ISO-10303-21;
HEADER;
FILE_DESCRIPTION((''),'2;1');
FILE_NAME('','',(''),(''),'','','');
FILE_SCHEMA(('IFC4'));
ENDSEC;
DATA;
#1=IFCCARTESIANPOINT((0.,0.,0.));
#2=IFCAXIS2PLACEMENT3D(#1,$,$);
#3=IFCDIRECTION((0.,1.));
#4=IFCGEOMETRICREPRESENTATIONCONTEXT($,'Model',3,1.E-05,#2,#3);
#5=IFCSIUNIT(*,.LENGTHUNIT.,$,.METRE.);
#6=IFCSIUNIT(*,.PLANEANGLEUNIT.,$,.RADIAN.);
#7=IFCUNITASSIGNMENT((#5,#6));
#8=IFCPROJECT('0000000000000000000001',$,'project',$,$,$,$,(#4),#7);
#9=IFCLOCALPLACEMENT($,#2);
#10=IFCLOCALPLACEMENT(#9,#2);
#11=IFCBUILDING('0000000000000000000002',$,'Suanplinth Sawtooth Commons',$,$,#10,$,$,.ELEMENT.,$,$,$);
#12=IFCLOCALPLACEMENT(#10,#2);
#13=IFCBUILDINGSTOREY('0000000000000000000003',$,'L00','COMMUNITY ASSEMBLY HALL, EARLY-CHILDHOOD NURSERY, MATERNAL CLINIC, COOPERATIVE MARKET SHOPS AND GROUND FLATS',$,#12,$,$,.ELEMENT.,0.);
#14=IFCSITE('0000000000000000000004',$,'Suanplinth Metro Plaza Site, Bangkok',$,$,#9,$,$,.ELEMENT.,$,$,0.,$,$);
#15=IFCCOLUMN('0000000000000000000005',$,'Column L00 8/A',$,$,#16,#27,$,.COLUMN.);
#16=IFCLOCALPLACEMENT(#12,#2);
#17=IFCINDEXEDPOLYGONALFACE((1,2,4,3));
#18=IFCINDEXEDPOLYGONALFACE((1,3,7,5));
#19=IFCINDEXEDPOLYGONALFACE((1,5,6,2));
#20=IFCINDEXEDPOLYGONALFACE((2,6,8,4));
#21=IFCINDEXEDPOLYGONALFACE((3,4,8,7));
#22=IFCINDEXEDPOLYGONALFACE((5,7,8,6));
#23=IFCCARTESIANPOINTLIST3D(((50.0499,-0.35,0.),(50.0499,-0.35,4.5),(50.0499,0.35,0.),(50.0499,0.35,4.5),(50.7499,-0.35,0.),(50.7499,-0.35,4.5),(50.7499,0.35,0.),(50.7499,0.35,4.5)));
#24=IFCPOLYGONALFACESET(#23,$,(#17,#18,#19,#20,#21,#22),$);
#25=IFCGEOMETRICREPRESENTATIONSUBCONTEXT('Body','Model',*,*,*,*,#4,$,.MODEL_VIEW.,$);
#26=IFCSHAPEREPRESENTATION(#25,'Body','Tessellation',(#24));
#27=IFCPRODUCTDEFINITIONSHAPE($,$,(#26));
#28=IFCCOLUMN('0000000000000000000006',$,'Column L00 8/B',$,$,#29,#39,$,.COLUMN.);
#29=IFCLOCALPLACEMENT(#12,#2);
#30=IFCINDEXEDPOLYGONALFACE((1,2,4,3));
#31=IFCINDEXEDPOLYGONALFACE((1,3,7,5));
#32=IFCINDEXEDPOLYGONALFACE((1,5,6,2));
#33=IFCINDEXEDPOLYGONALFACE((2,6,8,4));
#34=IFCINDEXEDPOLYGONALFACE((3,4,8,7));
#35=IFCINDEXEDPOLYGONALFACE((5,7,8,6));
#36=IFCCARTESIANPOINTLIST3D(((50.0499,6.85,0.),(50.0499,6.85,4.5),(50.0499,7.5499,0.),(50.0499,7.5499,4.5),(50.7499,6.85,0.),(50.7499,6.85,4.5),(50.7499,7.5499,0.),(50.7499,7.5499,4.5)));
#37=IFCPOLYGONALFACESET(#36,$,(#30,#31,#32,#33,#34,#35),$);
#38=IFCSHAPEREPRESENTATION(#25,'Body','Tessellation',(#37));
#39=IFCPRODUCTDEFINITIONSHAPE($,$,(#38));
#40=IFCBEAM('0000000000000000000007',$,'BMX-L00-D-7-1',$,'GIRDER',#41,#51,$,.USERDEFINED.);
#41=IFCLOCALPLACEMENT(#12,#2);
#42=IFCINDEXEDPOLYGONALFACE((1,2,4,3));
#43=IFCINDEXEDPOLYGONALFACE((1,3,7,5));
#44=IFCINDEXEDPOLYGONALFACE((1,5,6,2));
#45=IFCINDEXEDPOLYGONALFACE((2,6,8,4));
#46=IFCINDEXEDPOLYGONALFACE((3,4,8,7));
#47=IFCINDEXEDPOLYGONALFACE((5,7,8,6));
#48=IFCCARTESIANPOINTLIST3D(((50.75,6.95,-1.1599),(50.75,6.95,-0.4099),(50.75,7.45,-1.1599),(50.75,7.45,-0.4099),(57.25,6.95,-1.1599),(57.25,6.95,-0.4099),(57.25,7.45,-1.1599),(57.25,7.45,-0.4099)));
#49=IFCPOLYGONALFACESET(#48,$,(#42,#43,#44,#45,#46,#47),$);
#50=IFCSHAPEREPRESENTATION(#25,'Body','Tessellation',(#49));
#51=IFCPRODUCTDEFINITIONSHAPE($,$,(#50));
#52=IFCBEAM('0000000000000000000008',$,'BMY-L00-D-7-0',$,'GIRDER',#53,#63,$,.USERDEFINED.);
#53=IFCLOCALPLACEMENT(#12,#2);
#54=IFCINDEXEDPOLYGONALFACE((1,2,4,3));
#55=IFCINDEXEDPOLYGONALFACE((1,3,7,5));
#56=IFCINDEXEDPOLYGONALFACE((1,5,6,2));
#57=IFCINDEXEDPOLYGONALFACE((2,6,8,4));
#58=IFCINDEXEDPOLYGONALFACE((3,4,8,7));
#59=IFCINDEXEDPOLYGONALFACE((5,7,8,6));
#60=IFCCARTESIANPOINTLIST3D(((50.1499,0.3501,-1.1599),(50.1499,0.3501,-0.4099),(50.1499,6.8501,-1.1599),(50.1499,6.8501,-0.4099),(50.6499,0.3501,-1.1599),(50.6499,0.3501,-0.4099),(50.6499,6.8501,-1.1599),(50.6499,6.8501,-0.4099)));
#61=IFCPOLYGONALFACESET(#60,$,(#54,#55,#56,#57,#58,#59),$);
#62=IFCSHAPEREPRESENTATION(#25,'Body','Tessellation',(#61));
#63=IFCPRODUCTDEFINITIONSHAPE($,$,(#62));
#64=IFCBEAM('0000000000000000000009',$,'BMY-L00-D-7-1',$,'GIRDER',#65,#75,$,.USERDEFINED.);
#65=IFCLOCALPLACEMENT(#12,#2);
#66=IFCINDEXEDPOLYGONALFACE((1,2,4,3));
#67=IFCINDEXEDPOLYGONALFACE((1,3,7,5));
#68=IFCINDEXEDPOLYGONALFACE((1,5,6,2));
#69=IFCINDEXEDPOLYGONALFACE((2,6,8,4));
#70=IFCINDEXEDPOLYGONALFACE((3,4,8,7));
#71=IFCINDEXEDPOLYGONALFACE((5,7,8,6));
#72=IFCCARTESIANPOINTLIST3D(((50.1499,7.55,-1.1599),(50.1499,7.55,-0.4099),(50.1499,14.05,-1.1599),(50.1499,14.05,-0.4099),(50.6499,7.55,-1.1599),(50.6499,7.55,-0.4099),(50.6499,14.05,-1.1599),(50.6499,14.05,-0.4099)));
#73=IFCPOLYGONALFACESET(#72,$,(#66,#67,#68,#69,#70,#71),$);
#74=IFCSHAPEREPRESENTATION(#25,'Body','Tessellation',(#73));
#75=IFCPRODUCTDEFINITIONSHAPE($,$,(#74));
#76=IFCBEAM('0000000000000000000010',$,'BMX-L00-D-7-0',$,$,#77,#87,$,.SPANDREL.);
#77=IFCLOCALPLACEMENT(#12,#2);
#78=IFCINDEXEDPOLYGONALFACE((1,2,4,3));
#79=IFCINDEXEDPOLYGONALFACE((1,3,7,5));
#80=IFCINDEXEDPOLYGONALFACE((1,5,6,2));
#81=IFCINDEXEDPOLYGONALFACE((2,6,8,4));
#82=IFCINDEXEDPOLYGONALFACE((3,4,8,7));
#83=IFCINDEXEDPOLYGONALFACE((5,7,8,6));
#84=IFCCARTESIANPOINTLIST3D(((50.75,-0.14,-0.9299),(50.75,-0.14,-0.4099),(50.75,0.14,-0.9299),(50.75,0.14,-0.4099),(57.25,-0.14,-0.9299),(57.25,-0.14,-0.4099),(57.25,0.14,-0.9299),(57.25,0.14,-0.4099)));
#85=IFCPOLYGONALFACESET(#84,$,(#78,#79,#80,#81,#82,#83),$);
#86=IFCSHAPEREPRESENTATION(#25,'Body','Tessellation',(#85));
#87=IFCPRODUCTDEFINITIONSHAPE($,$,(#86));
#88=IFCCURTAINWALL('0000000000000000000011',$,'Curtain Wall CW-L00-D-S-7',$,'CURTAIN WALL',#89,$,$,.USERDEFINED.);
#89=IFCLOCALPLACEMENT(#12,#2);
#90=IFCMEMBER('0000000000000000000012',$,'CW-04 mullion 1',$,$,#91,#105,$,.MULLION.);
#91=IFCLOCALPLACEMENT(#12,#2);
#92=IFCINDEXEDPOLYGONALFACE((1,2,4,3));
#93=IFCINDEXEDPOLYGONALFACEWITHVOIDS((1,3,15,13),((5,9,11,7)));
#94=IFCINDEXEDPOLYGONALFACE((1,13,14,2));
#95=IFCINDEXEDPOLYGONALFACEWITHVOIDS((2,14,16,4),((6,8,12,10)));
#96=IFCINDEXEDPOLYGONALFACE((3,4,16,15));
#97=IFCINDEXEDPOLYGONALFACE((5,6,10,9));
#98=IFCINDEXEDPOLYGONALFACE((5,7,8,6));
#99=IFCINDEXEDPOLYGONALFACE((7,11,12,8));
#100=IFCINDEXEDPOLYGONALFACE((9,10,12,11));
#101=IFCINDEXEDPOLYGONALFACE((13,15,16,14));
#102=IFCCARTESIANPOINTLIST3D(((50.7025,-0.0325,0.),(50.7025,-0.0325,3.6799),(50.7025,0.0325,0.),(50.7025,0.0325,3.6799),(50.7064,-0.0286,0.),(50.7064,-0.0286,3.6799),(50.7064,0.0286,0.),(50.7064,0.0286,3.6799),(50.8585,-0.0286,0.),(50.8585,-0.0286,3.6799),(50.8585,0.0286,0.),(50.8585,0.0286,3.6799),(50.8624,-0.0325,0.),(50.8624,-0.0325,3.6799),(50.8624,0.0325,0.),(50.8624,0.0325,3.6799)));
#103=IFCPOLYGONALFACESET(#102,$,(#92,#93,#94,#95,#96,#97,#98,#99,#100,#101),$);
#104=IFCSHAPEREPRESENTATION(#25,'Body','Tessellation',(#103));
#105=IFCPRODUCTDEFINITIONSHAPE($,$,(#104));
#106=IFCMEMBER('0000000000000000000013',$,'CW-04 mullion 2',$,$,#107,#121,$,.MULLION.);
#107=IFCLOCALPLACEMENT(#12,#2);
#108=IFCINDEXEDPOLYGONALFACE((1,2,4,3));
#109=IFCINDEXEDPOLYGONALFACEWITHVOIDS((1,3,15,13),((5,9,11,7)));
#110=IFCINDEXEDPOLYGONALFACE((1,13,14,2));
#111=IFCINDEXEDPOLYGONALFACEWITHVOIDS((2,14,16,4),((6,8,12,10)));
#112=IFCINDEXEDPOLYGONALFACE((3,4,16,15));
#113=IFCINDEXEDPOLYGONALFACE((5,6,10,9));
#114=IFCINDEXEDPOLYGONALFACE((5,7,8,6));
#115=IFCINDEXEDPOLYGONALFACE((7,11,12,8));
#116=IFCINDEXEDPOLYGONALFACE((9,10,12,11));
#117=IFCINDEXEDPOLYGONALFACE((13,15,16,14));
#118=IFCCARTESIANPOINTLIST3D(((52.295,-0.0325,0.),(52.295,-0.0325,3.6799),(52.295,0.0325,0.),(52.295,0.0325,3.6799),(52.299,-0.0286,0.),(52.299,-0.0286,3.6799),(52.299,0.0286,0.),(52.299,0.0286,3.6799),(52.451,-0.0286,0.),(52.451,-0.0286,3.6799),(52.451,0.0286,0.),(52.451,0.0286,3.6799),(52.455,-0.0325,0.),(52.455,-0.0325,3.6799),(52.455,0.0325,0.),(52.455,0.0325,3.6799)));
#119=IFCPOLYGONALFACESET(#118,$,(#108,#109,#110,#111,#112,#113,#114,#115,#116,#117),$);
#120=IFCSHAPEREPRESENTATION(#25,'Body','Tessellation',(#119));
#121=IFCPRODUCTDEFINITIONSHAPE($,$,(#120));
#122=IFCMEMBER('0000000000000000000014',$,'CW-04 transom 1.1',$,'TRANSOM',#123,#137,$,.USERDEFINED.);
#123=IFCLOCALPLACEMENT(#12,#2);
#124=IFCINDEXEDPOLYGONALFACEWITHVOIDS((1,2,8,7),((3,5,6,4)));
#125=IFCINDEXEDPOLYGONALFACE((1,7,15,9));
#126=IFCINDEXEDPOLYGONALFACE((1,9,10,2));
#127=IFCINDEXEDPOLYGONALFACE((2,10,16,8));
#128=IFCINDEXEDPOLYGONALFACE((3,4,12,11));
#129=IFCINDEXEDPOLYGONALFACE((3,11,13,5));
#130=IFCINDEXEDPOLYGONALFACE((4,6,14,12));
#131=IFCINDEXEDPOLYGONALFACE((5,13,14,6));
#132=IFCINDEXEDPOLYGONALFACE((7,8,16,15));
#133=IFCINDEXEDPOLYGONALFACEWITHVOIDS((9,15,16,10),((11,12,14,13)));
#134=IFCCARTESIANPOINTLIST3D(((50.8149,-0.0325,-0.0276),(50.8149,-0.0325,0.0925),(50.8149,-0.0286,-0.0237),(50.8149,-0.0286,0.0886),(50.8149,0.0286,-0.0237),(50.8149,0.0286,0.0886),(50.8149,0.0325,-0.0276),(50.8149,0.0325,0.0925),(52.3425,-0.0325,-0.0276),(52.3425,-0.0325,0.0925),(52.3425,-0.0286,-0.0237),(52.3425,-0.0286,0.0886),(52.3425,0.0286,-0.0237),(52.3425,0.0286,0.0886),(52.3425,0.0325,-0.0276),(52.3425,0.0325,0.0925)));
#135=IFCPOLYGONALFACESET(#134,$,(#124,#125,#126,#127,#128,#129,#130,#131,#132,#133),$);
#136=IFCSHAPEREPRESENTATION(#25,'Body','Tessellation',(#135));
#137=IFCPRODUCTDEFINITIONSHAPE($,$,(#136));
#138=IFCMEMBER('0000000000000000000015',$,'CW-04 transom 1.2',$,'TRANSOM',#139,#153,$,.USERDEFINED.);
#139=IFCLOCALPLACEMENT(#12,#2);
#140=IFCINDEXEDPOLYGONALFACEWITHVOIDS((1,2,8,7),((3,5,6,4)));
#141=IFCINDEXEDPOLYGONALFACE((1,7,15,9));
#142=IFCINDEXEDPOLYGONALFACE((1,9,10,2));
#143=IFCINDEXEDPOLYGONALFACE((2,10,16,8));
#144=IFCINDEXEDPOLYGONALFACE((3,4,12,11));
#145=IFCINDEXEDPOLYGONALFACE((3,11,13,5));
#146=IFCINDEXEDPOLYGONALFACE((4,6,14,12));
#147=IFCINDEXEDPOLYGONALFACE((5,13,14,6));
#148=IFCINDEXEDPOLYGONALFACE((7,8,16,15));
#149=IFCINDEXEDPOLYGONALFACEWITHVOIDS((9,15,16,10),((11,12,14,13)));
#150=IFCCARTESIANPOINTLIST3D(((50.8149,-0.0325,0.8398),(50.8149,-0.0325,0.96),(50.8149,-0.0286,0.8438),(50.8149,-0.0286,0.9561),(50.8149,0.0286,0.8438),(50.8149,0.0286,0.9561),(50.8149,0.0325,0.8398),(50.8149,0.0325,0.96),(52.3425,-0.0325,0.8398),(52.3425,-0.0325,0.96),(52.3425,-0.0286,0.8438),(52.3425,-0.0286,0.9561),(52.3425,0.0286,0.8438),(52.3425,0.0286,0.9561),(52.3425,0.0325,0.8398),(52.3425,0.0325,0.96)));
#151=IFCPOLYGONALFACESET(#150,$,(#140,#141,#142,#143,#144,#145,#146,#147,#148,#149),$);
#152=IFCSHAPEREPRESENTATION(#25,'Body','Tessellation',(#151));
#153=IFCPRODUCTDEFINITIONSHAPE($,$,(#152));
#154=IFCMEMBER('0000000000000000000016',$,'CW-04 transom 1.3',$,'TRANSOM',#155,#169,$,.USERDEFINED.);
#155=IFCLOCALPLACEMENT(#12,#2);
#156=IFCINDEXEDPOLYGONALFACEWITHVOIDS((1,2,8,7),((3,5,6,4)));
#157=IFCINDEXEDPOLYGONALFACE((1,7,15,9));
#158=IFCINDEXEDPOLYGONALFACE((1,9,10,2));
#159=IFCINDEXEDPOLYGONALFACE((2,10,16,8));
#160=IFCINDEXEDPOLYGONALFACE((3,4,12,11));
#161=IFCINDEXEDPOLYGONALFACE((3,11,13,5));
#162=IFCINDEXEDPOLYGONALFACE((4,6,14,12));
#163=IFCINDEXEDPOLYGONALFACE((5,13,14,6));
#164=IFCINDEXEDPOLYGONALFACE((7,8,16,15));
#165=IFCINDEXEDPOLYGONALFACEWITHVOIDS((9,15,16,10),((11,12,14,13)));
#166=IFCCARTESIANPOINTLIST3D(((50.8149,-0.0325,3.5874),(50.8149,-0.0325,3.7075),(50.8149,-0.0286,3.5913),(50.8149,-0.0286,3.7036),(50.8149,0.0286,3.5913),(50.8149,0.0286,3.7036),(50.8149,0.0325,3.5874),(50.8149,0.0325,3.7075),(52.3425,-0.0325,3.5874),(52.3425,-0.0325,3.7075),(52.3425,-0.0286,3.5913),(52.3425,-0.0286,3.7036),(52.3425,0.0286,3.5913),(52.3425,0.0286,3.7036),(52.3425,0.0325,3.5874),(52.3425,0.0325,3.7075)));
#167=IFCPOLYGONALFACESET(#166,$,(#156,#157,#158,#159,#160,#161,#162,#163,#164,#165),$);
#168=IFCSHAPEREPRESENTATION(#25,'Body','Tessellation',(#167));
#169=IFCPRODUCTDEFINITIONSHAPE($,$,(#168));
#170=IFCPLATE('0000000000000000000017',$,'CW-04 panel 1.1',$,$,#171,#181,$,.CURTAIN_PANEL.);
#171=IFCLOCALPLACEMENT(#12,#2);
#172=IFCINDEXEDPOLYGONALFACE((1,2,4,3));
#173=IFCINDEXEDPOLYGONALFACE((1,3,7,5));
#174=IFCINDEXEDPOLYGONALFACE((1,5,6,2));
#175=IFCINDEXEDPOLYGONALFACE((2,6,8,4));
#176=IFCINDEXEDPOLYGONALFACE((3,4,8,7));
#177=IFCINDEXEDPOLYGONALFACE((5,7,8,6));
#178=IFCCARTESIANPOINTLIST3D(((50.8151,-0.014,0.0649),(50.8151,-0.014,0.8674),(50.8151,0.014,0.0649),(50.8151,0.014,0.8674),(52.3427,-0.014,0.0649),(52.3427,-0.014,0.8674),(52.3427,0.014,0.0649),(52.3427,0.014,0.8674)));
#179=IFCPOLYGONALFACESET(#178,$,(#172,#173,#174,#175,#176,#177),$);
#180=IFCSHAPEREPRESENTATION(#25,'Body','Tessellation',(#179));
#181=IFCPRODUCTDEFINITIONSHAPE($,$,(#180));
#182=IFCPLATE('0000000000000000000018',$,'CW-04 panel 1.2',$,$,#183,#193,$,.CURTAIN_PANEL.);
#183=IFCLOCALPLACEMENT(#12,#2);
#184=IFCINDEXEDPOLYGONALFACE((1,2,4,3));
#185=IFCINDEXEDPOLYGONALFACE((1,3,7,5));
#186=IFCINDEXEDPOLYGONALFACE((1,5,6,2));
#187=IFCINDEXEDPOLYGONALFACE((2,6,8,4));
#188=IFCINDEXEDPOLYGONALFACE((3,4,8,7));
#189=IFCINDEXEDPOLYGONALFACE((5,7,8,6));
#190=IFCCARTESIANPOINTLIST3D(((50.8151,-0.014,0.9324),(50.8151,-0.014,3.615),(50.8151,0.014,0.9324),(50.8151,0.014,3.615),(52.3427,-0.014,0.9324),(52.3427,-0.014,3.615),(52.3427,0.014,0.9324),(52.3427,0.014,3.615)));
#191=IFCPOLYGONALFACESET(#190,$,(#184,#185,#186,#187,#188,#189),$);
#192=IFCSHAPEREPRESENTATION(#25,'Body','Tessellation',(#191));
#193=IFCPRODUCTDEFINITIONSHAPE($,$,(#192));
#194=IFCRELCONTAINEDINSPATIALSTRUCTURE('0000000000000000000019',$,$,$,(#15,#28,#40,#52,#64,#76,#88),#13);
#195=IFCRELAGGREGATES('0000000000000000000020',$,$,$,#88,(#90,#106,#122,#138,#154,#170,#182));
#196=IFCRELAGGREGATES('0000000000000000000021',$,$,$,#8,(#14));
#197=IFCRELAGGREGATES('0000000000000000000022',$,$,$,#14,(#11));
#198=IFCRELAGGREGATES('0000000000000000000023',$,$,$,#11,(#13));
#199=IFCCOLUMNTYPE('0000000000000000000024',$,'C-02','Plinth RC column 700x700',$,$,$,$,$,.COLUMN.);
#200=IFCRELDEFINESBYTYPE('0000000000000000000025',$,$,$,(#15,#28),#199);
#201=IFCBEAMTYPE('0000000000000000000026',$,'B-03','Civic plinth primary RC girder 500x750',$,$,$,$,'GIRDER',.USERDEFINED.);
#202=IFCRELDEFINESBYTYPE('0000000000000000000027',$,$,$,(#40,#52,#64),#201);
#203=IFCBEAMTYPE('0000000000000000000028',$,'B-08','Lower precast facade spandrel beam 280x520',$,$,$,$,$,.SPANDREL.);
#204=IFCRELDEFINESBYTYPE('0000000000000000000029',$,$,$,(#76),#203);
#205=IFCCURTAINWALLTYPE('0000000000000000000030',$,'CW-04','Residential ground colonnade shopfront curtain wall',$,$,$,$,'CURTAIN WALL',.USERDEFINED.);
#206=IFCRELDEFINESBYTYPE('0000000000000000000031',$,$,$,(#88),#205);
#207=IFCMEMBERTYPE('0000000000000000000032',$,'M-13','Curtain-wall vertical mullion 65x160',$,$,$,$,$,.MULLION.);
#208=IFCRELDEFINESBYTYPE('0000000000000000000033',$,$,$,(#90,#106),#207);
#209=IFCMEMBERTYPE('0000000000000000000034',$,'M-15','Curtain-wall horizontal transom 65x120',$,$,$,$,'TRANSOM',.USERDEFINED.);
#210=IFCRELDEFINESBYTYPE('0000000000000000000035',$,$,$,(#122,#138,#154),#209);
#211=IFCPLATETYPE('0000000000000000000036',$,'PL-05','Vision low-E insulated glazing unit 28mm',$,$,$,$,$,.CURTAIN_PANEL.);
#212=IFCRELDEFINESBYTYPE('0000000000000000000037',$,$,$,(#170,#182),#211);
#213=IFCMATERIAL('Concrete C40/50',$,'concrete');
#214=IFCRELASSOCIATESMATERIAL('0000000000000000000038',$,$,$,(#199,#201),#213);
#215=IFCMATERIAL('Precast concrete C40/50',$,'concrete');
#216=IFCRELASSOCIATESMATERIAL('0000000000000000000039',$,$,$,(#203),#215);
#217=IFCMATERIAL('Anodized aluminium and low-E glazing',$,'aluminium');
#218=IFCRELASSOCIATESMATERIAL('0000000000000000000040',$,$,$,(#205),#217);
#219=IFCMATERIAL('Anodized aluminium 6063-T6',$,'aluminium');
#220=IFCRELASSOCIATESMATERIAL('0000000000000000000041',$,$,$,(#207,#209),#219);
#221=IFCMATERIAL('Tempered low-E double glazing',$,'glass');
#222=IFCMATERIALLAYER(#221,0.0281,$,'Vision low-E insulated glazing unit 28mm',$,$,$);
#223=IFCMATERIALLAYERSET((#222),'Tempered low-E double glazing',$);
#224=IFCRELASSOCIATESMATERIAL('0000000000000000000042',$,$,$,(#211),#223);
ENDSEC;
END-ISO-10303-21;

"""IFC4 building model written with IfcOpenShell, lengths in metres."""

from ifc_helpers import new_model, si_unit, direction, frame, origin, origin_2d, place, context, subcontext, project, spatial, rectangle, hollow_rectangle, extrude, material, layer, layer_set, material_profile, profile_set, type_object, element, aggregate, save


model = new_model("IFC4")

# Units and contexts
model_context = context("Model", 3, precision=1e-05, world=origin(), true_north=direction((0.0, 1.0)))
body_context = subcontext(model_context, "Body", "Model", "MODEL_VIEW")
ifc_project = project(units=[si_unit("LENGTHUNIT", "METRE"), si_unit("PLANEANGLEUNIT", "RADIAN")], contexts=[model_context])

# Site, building, storey
site_placement = place(None, origin())
site = spatial("IfcSite", under=ifc_project, at=site_placement, Name="Suanplinth Metro Plaza Site, Bangkok", CompositionType="ELEMENT", RefElevation=0.0)
building_placement = place(site_placement, origin())
building = spatial("IfcBuilding", under=site, at=building_placement, Name="Suanplinth Sawtooth Commons", CompositionType="ELEMENT")
storey_placement = place(building_placement, origin())
storey = spatial("IfcBuildingStorey", under=building, at=storey_placement, Name="L00", Description="COMMUNITY ASSEMBLY HALL, EARLY-CHILDHOOD NURSERY, MATERNAL CLINIC, COOPERATIVE MARKET SHOPS AND GROUND FLATS", CompositionType="ELEMENT", Elevation=0.0)

# Columns
ifc_material_1 = material(Name="Concrete C40/50", Category="concrete")
ifc_material_profile_1 = material_profile(ifc_material_1, rectangle(XDim=0.7, YDim=0.7, at=origin_2d()), Name="RC-COL 700x700")
ifc_profile_set_1 = profile_set([ifc_material_profile_1], Name="Concrete C40/50")
column_type = type_object("IfcColumnType", Name="C-02", Description="Plinth RC column 700x700", PredefinedType="COLUMN", material=ifc_profile_set_1)
for number, where, z_axis, x_axis, name in (
    (1, (50.3999, 0.0, 0.0), (0.0, 0.0, 1.0), (1.0, 0.0, 0.0), "Column L00 8/A"),
    (2, (50.3999, 7.2, 0.0), (0.0, 0.0, 1.0), (1.0, 0.0, 0.0), "Column L00 8/B"),
):
    element("IfcColumn", number, at=place(storey_placement, frame(where, z_axis=z_axis, x_axis=x_axis)), inside=storey, type_object=column_type, Name=name, PredefinedType="COLUMN", context=body_context, shape_type="SweptSolid", body=[
        extrude(rectangle(XDim=0.7, YDim=0.7, at=origin_2d()), origin(), (0.0, 0.0, 1.0), 4.5),
    ])

# Beams
ifc_material_profile_2 = material_profile(ifc_material_1, rectangle(XDim=0.5, YDim=0.75, at=origin_2d()), Name="RC-GDR 500x750")
ifc_profile_set_2 = profile_set([ifc_material_profile_2], Name="Concrete C40/50")
beam_type_1 = type_object("IfcBeamType", Name="B-03", Description="Civic plinth primary RC girder 500x750", ElementType="GIRDER", PredefinedType="USERDEFINED", material=ifc_profile_set_2)
for number, where, z_axis, x_axis, name in (
    (3, (50.75, 7.2, -0.7849), (1.0, 0.0, 0.0), (0.0, 1.0, 0.0), "BMX-L00-D-7-1"),
    (4, (50.3999, 0.3501, -0.7849), (0.0, 1.0, 0.0), (-1.0, 0.0, 0.0), "BMY-L00-D-7-0"),
    (5, (50.3999, 7.55, -0.7849), (0.0, 1.0, 0.0), (-1.0, 0.0, 0.0), "BMY-L00-D-7-1"),
):
    element("IfcBeam", number, at=place(storey_placement, frame(where, z_axis=z_axis, x_axis=x_axis)), inside=storey, type_object=beam_type_1, Name=name, ObjectType="GIRDER", PredefinedType="USERDEFINED", context=body_context, shape_type="SweptSolid", body=[
        extrude(rectangle(XDim=0.5, YDim=0.75, at=origin_2d()), origin(), (0.0, 0.0, 1.0), 6.5),
    ])
ifc_material_2 = material(Name="Precast concrete C40/50", Category="concrete")
ifc_material_profile_3 = material_profile(ifc_material_2, rectangle(XDim=0.28, YDim=0.52, at=origin_2d()), Name="PC-SP 280x520")
ifc_profile_set_3 = profile_set([ifc_material_profile_3], Name="Precast concrete C40/50")
beam_type_2 = type_object("IfcBeamType", Name="B-08", Description="Lower precast facade spandrel beam 280x520", PredefinedType="SPANDREL", material=ifc_profile_set_3)
beam_placement = place(storey_placement, frame((50.75, 0.0, -0.6699), z_axis=(1.0, 0.0, 0.0), x_axis=(0.0, 1.0, 0.0)))
element("IfcBeam", 6, at=beam_placement, inside=storey, type_object=beam_type_2, Name="BMX-L00-D-7-0", PredefinedType="SPANDREL", context=body_context, shape_type="SweptSolid", body=[
    extrude(rectangle(XDim=0.28, YDim=0.52, at=origin_2d()), origin(), (0.0, 0.0, 1.0), 6.5),
])

# Curtain wall, members, plates
ifc_material_3 = material(Name="Anodized aluminium and low-E glazing", Category="aluminium")
curtain_wall_type = type_object("IfcCurtainWallType", Name="CW-04", Description="Residential ground colonnade shopfront curtain wall", ElementType="CURTAIN WALL", PredefinedType="USERDEFINED", material=ifc_material_3)
curtain_wall_placement = place(storey_placement, origin())
curtain_wall = element("IfcCurtainWall", 7, at=curtain_wall_placement, inside=storey, type_object=curtain_wall_type, Name="Curtain Wall CW-L00-D-S-7", ObjectType="CURTAIN WALL", PredefinedType="USERDEFINED")
ifc_material_4 = material(Name="Anodized aluminium 6063-T6", Category="aluminium")
ifc_material_profile_4 = material_profile(ifc_material_4, hollow_rectangle(XDim=0.0649, YDim=0.1599, WallThickness=0.0039, at=origin_2d()), Name="ALU-MUL 65x160")
ifc_profile_set_4 = profile_set([ifc_material_profile_4], Name="Anodized aluminium 6063-T6")
member_type_1 = type_object("IfcMemberType", Name="M-13", Description="Curtain-wall vertical mullion 65x160", PredefinedType="MULLION", material=ifc_profile_set_4)
member_1_placement = place(storey_placement, frame((50.7825, 0.0, 0.0), z_axis=(0.0, 0.0, 1.0), x_axis=(0.0, 1.0, 0.0)))
member_1 = element("IfcMember", 8, at=member_1_placement, type_object=member_type_1, Name="CW-04 mullion 1", PredefinedType="MULLION", context=body_context, shape_type="SweptSolid", body=[
    extrude(hollow_rectangle(XDim=0.0649, YDim=0.1599, WallThickness=0.0039, at=origin_2d()), origin(), (0.0, 0.0, 1.0), 3.6799),
])
member_2_placement = place(storey_placement, frame((52.375, 0.0, 0.0), z_axis=(0.0, 0.0, 1.0), x_axis=(0.0, 1.0, 0.0)))
member_2 = element("IfcMember", 9, at=member_2_placement, type_object=member_type_1, Name="CW-04 mullion 2", PredefinedType="MULLION", context=body_context, shape_type="SweptSolid", body=[
    extrude(hollow_rectangle(XDim=0.0649, YDim=0.1599, WallThickness=0.0039, at=origin_2d()), origin(), (0.0, 0.0, 1.0), 3.6799),
])
ifc_material_profile_5 = material_profile(ifc_material_4, hollow_rectangle(XDim=0.0649, YDim=0.1201, WallThickness=0.0039, at=origin_2d()), Name="ALU-TRN 65x120")
ifc_profile_set_5 = profile_set([ifc_material_profile_5], Name="Anodized aluminium 6063-T6")
member_type_2 = type_object("IfcMemberType", Name="M-15", Description="Curtain-wall horizontal transom 65x120", ElementType="TRANSOM", PredefinedType="USERDEFINED", material=ifc_profile_set_5)
member_3_placement = place(storey_placement, frame((50.8149, 0.0, 0.0325), z_axis=(1.0, 0.0, 0.0), x_axis=(0.0, 1.0, 0.0)))
member_3 = element("IfcMember", 10, at=member_3_placement, type_object=member_type_2, Name="CW-04 transom 1.1", ObjectType="TRANSOM", PredefinedType="USERDEFINED", context=body_context, shape_type="SweptSolid", body=[
    extrude(hollow_rectangle(XDim=0.0649, YDim=0.1201, WallThickness=0.0039, at=origin_2d()), origin(), (0.0, 0.0, 1.0), 1.5276),
])
member_4_placement = place(storey_placement, frame((50.8149, 0.0, 0.8999), z_axis=(1.0, 0.0, 0.0), x_axis=(0.0, 1.0, 0.0)))
member_4 = element("IfcMember", 11, at=member_4_placement, type_object=member_type_2, Name="CW-04 transom 1.2", ObjectType="TRANSOM", PredefinedType="USERDEFINED", context=body_context, shape_type="SweptSolid", body=[
    extrude(hollow_rectangle(XDim=0.0649, YDim=0.1201, WallThickness=0.0039, at=origin_2d()), origin(), (0.0, 0.0, 1.0), 1.5276),
])
member_5_placement = place(storey_placement, frame((50.8149, 0.0, 3.6475), z_axis=(1.0, 0.0, 0.0), x_axis=(0.0, 1.0, 0.0)))
member_5 = element("IfcMember", 12, at=member_5_placement, type_object=member_type_2, Name="CW-04 transom 1.3", ObjectType="TRANSOM", PredefinedType="USERDEFINED", context=body_context, shape_type="SweptSolid", body=[
    extrude(hollow_rectangle(XDim=0.0649, YDim=0.1201, WallThickness=0.0039, at=origin_2d()), origin(), (0.0, 0.0, 1.0), 1.5276),
])
ifc_material_5 = material(Name="Tempered low-E double glazing", Category="glass")
ifc_layer_1 = layer(ifc_material_5, 0.0281, Name="Vision low-E insulated glazing unit 28mm")
ifc_layer_set_1 = layer_set([ifc_layer_1], Name="Tempered low-E double glazing")
plate_type = type_object("IfcPlateType", Name="PL-05", Description="Vision low-E insulated glazing unit 28mm", PredefinedType="CURTAIN_PANEL", material=ifc_layer_set_1)
plate_1_placement = place(storey_placement, frame((51.5789, 0.0, 0.0649), z_axis=(0.0, 0.0, 1.0), x_axis=(1.0, 0.0, 0.0)))
plate_1 = element("IfcPlate", 13, at=plate_1_placement, type_object=plate_type, Name="CW-04 panel 1.1", PredefinedType="CURTAIN_PANEL", context=body_context, shape_type="SweptSolid", body=[
    extrude(rectangle(XDim=1.5276, YDim=0.0281, at=origin_2d()), origin(), (0.0, 0.0, 1.0), 0.8025),
])
plate_2_placement = place(storey_placement, frame((51.5789, 0.0, 0.9324), z_axis=(0.0, 0.0, 1.0), x_axis=(1.0, 0.0, 0.0)))
plate_2 = element("IfcPlate", 14, at=plate_2_placement, type_object=plate_type, Name="CW-04 panel 1.2", PredefinedType="CURTAIN_PANEL", context=body_context, shape_type="SweptSolid", body=[
    extrude(rectangle(XDim=1.5276, YDim=0.0281, at=origin_2d()), origin(), (0.0, 0.0, 1.0), 2.6826),
])
aggregate(curtain_wall, [member_1, member_2, member_3, member_4, member_5, plate_1, plate_2])

save(model, "model.ifc")
